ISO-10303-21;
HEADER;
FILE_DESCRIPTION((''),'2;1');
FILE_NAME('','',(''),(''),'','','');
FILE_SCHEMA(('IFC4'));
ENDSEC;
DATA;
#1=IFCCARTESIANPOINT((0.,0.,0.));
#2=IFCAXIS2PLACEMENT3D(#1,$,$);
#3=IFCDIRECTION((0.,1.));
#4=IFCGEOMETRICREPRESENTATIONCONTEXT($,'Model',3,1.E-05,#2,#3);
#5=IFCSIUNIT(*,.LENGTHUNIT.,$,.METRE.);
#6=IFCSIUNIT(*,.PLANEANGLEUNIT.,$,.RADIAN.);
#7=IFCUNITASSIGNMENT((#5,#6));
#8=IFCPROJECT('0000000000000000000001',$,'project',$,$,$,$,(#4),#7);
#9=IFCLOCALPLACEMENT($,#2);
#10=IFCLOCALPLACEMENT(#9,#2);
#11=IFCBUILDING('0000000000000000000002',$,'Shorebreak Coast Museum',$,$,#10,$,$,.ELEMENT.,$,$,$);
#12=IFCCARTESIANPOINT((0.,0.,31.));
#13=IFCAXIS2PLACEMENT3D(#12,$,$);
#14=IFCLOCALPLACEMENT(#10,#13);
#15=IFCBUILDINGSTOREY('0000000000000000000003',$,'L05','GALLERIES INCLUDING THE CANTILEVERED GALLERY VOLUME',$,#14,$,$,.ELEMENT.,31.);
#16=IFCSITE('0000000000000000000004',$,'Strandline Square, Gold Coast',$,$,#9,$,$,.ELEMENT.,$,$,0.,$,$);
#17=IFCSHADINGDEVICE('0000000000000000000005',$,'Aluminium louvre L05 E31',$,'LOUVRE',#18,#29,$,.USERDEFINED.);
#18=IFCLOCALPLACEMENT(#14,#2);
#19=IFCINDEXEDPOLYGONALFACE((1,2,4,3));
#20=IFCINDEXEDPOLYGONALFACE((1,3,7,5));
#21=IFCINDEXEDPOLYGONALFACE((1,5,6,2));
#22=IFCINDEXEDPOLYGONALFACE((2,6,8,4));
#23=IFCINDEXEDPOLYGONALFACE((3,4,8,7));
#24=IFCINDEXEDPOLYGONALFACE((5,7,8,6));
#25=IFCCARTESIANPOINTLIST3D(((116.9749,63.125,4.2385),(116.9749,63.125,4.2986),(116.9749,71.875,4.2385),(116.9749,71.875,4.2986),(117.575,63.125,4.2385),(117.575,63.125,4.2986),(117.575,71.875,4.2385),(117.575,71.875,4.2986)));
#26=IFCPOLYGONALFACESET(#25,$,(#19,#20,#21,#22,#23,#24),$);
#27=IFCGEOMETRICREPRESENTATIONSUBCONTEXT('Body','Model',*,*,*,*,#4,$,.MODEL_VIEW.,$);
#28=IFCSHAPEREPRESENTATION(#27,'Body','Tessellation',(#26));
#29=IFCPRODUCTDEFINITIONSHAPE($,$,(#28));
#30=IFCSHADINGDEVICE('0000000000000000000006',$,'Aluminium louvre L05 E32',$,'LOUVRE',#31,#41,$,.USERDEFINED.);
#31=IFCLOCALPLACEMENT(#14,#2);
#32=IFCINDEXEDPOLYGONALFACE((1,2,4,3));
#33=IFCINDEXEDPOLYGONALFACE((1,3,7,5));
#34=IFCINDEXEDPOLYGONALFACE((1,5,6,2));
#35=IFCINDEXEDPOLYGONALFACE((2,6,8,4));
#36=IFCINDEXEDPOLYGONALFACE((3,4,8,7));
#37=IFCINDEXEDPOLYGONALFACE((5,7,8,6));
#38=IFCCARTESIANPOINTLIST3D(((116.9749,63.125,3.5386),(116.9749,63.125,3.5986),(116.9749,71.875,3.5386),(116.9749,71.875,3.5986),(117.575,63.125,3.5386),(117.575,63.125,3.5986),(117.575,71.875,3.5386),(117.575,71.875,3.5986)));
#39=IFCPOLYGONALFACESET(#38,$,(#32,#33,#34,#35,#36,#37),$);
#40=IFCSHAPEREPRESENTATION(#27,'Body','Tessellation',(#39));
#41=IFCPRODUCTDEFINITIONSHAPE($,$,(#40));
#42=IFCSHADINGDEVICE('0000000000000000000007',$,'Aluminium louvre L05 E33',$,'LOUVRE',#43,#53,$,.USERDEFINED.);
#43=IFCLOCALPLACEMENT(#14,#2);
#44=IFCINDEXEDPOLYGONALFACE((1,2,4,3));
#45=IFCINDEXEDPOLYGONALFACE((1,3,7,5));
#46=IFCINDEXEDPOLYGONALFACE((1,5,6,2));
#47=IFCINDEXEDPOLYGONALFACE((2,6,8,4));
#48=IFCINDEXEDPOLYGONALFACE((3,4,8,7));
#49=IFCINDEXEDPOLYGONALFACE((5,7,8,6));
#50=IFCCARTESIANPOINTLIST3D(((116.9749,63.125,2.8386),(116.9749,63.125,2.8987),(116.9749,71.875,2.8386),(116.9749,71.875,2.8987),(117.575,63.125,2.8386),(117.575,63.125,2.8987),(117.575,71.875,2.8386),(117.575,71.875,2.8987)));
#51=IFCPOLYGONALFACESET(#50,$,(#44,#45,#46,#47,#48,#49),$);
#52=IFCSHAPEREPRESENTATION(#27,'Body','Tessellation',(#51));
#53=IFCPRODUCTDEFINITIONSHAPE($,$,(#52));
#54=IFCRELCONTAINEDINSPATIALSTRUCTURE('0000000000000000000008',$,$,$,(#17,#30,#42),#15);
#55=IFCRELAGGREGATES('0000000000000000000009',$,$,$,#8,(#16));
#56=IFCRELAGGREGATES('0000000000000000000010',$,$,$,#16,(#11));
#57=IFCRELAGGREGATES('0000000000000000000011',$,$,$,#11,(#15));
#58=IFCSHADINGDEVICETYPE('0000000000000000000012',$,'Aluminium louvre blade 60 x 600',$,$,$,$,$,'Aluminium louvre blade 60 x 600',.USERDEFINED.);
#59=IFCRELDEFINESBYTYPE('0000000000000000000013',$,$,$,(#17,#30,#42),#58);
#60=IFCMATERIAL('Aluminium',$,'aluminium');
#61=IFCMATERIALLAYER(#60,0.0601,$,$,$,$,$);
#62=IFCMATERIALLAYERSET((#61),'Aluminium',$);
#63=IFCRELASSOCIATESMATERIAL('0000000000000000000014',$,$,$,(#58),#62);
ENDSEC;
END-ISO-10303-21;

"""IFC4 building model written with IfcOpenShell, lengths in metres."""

from ifc_helpers import new_model, si_unit, direction, frame, origin, origin_2d, place, context, subcontext, project, spatial, rectangle, extrude, material, layer, layer_set, type_object, element, save


model = new_model("IFC4")

# Units and contexts
model_context = context("Model", 3, precision=1e-05, world=origin(), true_north=direction((0.0, 1.0)))
body_context = subcontext(model_context, "Body", "Model", "MODEL_VIEW")
ifc_project = project(units=[si_unit("LENGTHUNIT", "METRE"), si_unit("PLANEANGLEUNIT", "RADIAN")], contexts=[model_context])

# Site, building, storey
site_placement = place(None, origin())
site = spatial("IfcSite", under=ifc_project, at=site_placement, Name="Strandline Square, Gold Coast", CompositionType="ELEMENT", RefElevation=0.0)
building_placement = place(site_placement, origin())
building = spatial("IfcBuilding", under=site, at=building_placement, Name="Shorebreak Coast Museum", CompositionType="ELEMENT")
storey_placement = place(building_placement, frame((0.0, 0.0, 31.0)))
storey = spatial("IfcBuildingStorey", under=building, at=storey_placement, Name="L05", Description="GALLERIES INCLUDING THE CANTILEVERED GALLERY VOLUME", CompositionType="ELEMENT", Elevation=31.0)

# Shading devices
ifc_material_1 = material(Name="Aluminium", Category="aluminium")
ifc_layer_1 = layer(ifc_material_1, 0.0601)
ifc_layer_set_1 = layer_set([ifc_layer_1], Name="Aluminium")
shading_device_type = type_object("IfcShadingDeviceType", Name="Aluminium louvre blade 60 x 600", ElementType="Aluminium louvre blade 60 x 600", PredefinedType="USERDEFINED", material=ifc_layer_set_1)
for number, where, z_axis, x_axis, name in (
    (1, (117.2749, 67.5, 4.2385), (0.0, 0.0, 1.0), (1.0, 0.0, 0.0), "Aluminium louvre L05 E31"),
    (2, (117.2749, 67.5, 3.5386), (0.0, 0.0, 1.0), (1.0, 0.0, 0.0), "Aluminium louvre L05 E32"),
    (3, (117.2749, 67.5, 2.8386), (0.0, 0.0, 1.0), (1.0, 0.0, 0.0), "Aluminium louvre L05 E33"),
):
    element("IfcShadingDevice", number, at=place(storey_placement, frame(where, z_axis=z_axis, x_axis=x_axis)), inside=storey, type_object=shading_device_type, Name=name, ObjectType="LOUVRE", PredefinedType="USERDEFINED", context=body_context, shape_type="SweptSolid", body=[
        extrude(rectangle(XDim=0.6001, YDim=8.75, at=origin_2d()), origin(), (0.0, 0.0, 1.0), 0.0601),
    ])

save(model, "model.ifc")
